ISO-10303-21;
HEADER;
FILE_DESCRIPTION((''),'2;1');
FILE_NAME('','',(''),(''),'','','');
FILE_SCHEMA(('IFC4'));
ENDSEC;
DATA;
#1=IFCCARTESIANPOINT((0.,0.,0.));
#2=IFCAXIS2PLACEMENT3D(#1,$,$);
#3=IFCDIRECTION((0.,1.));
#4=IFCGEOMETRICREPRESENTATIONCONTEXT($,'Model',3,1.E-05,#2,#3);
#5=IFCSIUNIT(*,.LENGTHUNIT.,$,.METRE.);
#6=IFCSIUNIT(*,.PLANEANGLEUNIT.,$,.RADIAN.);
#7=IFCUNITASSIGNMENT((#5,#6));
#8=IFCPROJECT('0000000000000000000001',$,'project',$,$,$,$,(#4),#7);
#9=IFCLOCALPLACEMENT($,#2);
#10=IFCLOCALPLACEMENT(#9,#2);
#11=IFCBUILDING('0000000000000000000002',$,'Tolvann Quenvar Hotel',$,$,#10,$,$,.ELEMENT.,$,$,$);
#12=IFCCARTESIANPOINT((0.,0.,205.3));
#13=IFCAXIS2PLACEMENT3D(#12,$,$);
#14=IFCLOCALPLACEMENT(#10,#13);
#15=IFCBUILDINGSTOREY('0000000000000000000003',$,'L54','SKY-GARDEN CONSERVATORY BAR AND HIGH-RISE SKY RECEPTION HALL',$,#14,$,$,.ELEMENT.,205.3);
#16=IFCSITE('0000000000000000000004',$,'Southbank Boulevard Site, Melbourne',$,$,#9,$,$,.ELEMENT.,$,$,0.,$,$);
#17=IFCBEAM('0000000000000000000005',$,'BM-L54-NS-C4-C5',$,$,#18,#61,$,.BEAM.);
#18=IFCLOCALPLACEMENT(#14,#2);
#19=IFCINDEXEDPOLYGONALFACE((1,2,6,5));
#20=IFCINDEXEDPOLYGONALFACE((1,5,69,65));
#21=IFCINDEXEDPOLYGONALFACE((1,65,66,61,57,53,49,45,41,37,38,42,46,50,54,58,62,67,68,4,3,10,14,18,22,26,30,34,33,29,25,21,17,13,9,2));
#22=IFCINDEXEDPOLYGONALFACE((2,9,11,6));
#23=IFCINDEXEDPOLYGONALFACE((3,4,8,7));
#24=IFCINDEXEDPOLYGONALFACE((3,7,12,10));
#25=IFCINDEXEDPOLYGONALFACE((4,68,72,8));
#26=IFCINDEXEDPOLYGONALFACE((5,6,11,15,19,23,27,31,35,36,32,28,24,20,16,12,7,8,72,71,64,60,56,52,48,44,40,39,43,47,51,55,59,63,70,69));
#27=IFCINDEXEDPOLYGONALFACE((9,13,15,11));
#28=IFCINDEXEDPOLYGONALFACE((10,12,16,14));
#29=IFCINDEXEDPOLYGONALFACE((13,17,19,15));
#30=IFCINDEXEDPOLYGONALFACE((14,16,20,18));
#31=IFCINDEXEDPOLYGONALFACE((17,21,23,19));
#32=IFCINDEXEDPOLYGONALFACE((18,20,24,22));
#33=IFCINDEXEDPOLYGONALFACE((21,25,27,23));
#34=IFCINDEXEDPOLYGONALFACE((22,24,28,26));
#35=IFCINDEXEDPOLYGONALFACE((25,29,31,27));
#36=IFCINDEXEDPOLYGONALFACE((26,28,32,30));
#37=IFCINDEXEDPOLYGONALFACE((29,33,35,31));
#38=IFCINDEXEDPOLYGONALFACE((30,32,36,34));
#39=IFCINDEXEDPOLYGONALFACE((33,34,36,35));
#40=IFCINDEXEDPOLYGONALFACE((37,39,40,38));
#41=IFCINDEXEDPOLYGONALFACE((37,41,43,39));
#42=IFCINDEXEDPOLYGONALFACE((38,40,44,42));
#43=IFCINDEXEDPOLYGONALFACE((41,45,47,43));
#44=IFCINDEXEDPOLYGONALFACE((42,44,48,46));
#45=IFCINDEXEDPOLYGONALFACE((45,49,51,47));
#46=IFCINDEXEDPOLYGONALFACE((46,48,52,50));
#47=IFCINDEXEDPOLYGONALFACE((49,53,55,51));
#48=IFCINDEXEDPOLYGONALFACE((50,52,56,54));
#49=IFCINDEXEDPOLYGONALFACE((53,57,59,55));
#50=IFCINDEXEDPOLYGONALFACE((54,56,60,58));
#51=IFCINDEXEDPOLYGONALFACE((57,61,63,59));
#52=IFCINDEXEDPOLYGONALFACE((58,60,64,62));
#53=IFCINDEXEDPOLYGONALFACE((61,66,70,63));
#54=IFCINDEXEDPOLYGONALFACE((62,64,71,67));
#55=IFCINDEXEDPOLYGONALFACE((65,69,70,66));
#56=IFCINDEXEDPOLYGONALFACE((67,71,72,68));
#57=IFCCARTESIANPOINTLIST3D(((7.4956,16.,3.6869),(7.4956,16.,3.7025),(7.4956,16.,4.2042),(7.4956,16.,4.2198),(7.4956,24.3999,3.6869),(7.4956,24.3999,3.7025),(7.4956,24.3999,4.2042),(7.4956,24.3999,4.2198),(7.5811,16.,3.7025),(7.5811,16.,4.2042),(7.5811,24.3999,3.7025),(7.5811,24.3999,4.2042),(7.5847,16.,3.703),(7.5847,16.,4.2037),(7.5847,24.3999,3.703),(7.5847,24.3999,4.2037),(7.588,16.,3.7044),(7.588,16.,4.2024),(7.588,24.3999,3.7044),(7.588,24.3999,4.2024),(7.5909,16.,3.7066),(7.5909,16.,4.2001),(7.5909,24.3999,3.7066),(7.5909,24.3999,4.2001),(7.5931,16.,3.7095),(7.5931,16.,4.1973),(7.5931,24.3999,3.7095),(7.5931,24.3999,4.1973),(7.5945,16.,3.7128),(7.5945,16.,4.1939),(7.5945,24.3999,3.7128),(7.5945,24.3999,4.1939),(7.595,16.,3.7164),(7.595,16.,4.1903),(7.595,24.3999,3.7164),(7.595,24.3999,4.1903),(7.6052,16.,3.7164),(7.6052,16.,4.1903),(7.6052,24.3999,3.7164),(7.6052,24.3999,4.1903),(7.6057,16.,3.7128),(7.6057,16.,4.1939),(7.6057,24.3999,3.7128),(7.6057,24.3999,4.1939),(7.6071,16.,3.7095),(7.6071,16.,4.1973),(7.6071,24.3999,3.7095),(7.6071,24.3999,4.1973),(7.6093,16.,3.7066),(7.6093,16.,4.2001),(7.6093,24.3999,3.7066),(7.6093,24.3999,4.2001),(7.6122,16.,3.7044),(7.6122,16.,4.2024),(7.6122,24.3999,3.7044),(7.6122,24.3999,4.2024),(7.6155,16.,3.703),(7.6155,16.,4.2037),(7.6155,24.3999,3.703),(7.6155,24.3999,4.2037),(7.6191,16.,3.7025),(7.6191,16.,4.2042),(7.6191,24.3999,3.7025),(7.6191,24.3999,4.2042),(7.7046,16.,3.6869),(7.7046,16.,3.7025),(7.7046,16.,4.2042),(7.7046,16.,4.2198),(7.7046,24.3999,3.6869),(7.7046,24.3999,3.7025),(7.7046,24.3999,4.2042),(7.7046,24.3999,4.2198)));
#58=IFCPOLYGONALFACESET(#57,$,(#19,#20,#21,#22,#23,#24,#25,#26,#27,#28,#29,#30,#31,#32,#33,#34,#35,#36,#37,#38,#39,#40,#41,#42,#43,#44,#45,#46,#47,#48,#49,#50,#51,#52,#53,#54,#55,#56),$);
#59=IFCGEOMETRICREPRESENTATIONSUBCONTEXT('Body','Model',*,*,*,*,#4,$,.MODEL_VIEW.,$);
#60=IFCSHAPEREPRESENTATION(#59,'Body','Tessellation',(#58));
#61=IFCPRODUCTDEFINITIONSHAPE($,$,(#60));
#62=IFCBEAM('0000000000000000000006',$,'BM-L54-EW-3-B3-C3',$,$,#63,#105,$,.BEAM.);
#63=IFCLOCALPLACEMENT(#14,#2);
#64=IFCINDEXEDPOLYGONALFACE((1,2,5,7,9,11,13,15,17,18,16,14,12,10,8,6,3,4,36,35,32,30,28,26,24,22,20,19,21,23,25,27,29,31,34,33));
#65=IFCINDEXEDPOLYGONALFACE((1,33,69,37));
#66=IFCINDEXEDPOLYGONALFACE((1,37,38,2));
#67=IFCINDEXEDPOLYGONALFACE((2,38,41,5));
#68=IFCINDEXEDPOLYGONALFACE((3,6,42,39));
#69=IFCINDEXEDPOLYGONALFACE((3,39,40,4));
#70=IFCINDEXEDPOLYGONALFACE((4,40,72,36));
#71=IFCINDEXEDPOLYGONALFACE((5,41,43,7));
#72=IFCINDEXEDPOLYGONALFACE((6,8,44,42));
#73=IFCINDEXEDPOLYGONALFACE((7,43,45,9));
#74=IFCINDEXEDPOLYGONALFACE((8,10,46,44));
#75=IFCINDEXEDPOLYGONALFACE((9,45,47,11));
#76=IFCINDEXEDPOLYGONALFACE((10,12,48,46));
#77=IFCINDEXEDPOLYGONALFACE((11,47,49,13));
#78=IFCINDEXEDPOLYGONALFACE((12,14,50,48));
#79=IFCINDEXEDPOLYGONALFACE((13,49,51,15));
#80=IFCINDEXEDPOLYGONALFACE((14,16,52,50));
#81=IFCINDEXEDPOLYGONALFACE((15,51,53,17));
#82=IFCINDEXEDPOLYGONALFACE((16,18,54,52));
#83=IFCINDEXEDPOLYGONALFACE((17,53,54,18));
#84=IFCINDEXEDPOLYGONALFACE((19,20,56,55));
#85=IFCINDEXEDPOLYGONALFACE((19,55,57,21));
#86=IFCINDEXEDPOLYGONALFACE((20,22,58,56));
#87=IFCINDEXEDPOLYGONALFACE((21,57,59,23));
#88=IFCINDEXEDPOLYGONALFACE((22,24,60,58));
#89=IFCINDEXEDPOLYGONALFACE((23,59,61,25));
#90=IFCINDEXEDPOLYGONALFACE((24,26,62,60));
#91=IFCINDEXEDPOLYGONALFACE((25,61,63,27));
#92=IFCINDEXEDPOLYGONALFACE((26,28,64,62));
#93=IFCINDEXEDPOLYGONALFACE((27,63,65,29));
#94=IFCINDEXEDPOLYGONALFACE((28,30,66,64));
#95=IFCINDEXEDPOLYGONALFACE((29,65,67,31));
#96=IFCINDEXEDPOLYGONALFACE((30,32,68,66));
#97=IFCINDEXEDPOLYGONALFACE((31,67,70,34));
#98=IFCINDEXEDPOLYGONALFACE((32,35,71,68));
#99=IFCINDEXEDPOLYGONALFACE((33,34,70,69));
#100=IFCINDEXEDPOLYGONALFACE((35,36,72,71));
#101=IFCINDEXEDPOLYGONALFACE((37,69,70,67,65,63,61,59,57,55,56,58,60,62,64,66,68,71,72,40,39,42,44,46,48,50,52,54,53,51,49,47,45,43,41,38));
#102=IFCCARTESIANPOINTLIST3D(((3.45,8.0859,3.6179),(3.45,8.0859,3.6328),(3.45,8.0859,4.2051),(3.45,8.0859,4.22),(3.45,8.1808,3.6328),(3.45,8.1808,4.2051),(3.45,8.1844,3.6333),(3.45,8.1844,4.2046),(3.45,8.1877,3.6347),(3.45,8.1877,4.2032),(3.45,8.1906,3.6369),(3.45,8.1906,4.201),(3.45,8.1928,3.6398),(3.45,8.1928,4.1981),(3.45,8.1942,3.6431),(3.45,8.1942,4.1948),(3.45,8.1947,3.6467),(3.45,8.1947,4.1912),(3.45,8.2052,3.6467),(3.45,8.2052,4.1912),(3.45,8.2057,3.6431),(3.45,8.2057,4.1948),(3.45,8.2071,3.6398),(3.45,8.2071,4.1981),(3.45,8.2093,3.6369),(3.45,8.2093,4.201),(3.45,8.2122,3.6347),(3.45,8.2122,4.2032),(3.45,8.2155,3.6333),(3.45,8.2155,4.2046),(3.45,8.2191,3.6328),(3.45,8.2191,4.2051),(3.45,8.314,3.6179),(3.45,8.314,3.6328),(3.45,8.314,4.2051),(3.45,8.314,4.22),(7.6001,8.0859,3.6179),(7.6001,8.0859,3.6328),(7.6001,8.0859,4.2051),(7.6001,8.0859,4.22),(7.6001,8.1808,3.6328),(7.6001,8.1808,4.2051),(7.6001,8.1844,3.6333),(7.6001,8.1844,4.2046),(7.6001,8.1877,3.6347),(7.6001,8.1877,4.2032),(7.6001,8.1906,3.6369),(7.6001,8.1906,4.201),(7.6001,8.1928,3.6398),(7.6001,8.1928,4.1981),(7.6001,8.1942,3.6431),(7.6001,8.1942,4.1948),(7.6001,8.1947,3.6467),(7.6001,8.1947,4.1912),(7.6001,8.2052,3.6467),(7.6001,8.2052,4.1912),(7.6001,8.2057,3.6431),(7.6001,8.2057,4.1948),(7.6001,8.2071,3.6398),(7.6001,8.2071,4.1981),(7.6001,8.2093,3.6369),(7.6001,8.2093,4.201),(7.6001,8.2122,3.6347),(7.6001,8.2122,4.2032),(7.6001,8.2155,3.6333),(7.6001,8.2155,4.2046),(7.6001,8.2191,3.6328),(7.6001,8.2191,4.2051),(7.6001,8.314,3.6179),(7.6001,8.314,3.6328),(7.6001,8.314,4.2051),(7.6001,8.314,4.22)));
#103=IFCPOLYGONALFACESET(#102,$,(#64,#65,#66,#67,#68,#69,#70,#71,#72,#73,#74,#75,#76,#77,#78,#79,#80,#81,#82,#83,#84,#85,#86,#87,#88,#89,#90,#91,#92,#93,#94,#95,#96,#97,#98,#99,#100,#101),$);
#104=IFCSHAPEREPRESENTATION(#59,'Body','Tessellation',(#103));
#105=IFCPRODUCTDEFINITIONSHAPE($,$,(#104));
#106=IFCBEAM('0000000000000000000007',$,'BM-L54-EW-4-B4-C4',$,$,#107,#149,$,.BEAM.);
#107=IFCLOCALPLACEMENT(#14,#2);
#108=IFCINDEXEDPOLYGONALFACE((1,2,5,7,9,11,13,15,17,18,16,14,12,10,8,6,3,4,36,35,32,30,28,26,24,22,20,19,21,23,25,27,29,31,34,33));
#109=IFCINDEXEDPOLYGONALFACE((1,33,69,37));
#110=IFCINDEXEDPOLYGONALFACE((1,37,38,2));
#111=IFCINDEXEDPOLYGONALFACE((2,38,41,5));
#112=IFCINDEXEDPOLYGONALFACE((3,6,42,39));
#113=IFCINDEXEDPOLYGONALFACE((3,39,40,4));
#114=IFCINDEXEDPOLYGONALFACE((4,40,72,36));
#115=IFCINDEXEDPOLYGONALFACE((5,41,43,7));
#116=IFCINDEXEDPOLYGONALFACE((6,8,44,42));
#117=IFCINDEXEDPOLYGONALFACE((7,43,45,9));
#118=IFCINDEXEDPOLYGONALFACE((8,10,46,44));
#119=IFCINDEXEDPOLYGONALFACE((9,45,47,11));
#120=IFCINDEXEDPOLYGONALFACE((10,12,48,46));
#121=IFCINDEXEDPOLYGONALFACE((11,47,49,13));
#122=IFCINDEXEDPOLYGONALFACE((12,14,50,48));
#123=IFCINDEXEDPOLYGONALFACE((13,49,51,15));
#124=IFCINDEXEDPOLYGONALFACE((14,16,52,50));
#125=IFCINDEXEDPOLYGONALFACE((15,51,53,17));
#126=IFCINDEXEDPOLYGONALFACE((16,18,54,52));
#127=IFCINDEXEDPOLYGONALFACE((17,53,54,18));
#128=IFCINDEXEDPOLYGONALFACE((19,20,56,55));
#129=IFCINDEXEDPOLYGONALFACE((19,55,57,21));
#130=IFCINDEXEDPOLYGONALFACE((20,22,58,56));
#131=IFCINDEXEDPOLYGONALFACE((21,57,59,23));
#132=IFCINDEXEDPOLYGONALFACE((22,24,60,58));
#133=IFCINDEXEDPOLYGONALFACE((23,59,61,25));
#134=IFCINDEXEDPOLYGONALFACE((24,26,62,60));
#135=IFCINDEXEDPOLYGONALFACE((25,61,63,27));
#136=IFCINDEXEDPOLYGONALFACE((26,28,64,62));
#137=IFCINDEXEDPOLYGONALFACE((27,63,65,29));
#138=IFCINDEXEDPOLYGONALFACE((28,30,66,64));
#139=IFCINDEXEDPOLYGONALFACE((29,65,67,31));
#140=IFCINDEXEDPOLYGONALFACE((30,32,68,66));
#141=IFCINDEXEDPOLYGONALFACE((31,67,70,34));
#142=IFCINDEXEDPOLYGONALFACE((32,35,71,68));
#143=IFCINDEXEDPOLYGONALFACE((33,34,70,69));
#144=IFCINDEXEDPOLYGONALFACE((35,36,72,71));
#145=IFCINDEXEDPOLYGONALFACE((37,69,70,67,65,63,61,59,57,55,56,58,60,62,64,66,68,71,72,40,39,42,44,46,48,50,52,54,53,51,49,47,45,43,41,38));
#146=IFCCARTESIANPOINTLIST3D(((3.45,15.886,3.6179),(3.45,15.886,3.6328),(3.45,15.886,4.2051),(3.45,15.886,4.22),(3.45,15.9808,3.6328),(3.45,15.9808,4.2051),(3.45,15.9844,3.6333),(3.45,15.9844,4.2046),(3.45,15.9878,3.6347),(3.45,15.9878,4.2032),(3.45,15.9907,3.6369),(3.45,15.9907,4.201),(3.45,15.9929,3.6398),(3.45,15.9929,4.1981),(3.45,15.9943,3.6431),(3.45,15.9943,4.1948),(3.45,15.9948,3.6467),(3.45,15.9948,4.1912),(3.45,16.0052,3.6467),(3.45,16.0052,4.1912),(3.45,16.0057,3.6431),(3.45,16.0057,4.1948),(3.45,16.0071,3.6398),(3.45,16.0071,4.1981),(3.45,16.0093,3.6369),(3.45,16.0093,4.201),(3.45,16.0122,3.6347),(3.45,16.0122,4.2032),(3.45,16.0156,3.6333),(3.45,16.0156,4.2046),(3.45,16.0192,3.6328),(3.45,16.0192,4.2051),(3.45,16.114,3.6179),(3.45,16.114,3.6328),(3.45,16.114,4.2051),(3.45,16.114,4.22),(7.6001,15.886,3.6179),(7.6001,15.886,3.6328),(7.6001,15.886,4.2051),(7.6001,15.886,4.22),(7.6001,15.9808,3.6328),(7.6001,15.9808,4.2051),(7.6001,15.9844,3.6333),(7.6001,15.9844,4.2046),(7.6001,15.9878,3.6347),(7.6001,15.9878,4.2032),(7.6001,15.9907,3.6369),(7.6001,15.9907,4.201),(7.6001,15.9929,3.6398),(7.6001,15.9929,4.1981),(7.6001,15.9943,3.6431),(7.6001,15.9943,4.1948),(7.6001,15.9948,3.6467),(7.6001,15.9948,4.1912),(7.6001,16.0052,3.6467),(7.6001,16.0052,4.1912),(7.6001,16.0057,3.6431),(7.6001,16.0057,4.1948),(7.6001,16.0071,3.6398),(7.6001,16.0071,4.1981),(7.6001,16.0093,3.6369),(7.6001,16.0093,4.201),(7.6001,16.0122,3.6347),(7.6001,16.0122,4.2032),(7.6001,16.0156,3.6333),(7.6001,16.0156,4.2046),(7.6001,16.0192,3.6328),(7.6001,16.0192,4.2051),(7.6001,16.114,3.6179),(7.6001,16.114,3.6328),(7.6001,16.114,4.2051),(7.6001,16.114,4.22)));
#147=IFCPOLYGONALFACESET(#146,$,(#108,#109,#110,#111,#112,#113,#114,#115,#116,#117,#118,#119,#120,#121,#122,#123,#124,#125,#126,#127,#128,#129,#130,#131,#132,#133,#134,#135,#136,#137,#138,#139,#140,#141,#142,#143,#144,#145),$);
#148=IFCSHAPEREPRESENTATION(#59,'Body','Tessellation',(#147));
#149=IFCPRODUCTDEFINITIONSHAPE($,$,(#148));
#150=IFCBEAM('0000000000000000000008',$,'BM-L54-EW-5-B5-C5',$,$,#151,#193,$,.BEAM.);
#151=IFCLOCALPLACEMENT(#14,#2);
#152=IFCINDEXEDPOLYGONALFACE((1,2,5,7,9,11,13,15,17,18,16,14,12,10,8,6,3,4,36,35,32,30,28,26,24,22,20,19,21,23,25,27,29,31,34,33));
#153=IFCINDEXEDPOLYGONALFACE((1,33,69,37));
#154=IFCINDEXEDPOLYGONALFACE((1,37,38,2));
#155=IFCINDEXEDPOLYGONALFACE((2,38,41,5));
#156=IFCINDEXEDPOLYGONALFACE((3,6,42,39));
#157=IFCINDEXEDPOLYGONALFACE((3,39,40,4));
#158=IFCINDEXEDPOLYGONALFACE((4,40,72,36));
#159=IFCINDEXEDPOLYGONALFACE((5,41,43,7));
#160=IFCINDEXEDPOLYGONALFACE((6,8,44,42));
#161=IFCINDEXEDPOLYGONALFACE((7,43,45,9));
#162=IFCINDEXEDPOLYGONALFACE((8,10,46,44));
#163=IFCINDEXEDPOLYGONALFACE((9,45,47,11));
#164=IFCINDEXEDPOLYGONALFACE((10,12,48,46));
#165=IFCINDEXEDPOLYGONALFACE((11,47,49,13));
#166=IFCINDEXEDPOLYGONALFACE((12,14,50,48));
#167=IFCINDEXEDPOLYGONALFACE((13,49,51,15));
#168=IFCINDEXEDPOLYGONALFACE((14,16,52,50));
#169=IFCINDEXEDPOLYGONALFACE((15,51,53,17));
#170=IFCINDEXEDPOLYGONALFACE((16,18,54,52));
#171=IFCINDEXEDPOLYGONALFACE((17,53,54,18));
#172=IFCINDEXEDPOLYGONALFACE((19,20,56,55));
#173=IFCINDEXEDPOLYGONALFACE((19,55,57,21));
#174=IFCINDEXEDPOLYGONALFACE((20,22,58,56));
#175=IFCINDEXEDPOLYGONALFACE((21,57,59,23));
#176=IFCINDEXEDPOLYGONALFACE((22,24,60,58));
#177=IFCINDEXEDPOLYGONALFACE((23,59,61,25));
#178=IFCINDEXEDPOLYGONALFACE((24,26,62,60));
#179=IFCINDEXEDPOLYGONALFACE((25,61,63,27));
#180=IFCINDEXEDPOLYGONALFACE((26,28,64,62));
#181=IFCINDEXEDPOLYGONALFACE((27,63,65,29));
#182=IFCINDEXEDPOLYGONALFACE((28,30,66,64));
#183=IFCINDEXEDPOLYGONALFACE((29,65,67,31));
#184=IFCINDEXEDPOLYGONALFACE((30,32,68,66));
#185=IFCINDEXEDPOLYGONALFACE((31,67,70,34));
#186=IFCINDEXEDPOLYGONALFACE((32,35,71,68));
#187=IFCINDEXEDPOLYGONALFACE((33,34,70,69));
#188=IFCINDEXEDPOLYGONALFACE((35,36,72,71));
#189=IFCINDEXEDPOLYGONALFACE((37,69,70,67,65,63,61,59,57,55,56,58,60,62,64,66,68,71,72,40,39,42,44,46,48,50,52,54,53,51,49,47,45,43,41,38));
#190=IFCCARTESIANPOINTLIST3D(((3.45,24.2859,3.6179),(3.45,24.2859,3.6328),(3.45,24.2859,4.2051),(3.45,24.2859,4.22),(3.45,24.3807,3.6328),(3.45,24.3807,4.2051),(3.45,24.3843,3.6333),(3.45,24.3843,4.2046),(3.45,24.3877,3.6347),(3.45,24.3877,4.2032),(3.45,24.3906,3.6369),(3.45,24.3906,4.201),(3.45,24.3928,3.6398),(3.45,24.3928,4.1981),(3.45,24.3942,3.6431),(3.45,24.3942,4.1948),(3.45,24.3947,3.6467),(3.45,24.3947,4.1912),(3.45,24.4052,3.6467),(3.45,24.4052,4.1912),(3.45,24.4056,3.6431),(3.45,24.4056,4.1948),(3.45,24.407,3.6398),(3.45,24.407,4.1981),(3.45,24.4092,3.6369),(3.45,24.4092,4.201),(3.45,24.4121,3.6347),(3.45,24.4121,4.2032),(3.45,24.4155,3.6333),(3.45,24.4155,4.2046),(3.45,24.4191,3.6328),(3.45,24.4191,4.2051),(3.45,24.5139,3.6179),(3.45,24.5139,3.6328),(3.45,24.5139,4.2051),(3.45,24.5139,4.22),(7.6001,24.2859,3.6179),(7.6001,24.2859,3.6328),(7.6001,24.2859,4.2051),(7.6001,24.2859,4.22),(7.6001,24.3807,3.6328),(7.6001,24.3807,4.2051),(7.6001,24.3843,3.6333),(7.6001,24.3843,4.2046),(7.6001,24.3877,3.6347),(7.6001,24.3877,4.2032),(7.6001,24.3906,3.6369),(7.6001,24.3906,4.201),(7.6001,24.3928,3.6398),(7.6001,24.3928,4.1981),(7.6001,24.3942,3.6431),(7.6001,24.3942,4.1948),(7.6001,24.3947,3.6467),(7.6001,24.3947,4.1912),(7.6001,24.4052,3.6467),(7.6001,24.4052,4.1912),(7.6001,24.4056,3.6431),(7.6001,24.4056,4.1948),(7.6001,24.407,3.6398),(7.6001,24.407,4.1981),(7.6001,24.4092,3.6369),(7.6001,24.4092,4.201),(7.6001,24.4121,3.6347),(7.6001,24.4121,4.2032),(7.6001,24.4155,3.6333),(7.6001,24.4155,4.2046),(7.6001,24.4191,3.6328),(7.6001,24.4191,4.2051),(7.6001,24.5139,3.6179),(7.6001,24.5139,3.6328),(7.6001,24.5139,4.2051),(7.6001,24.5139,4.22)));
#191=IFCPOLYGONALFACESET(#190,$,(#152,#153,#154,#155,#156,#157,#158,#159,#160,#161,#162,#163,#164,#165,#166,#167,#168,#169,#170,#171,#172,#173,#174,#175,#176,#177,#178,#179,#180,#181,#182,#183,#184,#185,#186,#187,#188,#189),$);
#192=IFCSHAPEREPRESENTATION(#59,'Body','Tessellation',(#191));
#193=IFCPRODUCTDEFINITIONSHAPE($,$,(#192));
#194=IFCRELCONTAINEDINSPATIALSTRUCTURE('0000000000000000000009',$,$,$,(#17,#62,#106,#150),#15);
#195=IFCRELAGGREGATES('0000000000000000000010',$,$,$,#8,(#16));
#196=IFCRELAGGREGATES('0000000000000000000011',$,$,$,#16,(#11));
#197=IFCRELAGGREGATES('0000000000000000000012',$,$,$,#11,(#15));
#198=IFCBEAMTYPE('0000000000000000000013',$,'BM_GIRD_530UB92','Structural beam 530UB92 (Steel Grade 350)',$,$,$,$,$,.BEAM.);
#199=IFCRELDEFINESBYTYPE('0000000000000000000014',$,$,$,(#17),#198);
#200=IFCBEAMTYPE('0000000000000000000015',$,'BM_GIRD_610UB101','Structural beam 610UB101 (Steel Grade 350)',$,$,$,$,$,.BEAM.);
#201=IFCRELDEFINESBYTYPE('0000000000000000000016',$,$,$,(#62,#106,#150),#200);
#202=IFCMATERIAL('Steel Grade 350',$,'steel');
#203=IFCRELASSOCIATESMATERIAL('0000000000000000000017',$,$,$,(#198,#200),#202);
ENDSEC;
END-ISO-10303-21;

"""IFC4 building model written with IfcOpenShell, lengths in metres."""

from ifc_helpers import new_model, si_unit, direction, frame, origin, origin_2d, place, context, subcontext, project, spatial, i_section, extrude, source, transform, mapped, material, material_profile, profile_set, type_object, element, save


model = new_model("IFC4")

# Units and contexts
model_context = context("Model", 3, precision=1e-05, world=origin(), true_north=direction((0.0, 1.0)))
body_context = subcontext(model_context, "Body", "Model", "MODEL_VIEW")
ifc_project = project(units=[si_unit("LENGTHUNIT", "METRE"), si_unit("PLANEANGLEUNIT", "RADIAN")], contexts=[model_context])

# Site, building, storey
site_placement = place(None, origin())
site = spatial("IfcSite", under=ifc_project, at=site_placement, Name="Southbank Boulevard Site, Melbourne", CompositionType="ELEMENT", RefElevation=0.0)
building_placement = place(site_placement, origin())
building = spatial("IfcBuilding", under=site, at=building_placement, Name="Tolvann Quenvar Hotel", CompositionType="ELEMENT")
storey_placement = place(building_placement, frame((0.0, 0.0, 205.3)))
storey = spatial("IfcBuildingStorey", under=building, at=storey_placement, Name="L54", Description="SKY-GARDEN CONSERVATORY BAR AND HIGH-RISE SKY RECEPTION HALL", CompositionType="ELEMENT", Elevation=205.3)

# Shared definitions
ifc_material_1 = material(Name="Steel Grade 350", Category="steel")

# Beams
ifc_material_profile_1 = material_profile(ifc_material_1, i_section(OverallWidth=0.209, OverallDepth=0.533, WebThickness=0.0103, FlangeThickness=0.0156, FilletRadius=0.0139, at=origin_2d()), Name="530UB92")
ifc_profile_set_1 = profile_set([ifc_material_profile_1], Name="Steel Grade 350")
beam_type_1 = type_object("IfcBeamType", Name="BM_GIRD_530UB92", Description="Structural beam 530UB92 (Steel Grade 350)", PredefinedType="BEAM", material=ifc_profile_set_1)
shared_shape_1 = source(origin(), body_context, "Body", "SweptSolid", [
    extrude(i_section(OverallWidth=0.209, OverallDepth=0.533, WebThickness=0.0103, FlangeThickness=0.0156, FilletRadius=0.0139, at=origin_2d()), origin(), (0.0, 0.0, 1.0), 8.3999),
])
beam_1_placement = place(storey_placement, frame((7.6001, 16.0, 3.9534), z_axis=(0.0, 1.0, 0.0), x_axis=(-1.0, 0.0, 0.0)))
element("IfcBeam", 1, at=beam_1_placement, inside=storey, type_object=beam_type_1, Name="BM-L54-NS-C4-C5", PredefinedType="BEAM", context=body_context, shape_type="MappedRepresentation", body=[
    mapped(shared_shape_1, transform((0.0, 0.0, 0.0), x_axis=(1.0, 0.0, 0.0), y_axis=(0.0, 1.0, 0.0), z_axis=(0.0, 0.0, 1.0), scale=1.0)),
])
ifc_material_profile_2 = material_profile(ifc_material_1, i_section(OverallWidth=0.228, OverallDepth=0.6021, WebThickness=0.0105, FlangeThickness=0.0149, FilletRadius=0.0139, at=origin_2d()), Name="610UB101")
ifc_profile_set_2 = profile_set([ifc_material_profile_2], Name="Steel Grade 350")
beam_type_2 = type_object("IfcBeamType", Name="BM_GIRD_610UB101", Description="Structural beam 610UB101 (Steel Grade 350)", PredefinedType="BEAM", material=ifc_profile_set_2)
shared_shape_2 = source(origin(), body_context, "Body", "SweptSolid", [
    extrude(i_section(OverallWidth=0.228, OverallDepth=0.6021, WebThickness=0.0105, FlangeThickness=0.0149, FilletRadius=0.0139, at=origin_2d()), origin(), (0.0, 0.0, 1.0), 4.1501),
])
for number, where, z_axis, x_axis, name in (
    (2, (3.45, 8.2, 3.9189), (1.0, 0.0, 0.0), (0.0, 1.0, 0.0), "BM-L54-EW-3-B3-C3"),
    (3, (3.45, 16.0, 3.9189), (1.0, 0.0, 0.0), (0.0, 1.0, 0.0), "BM-L54-EW-4-B4-C4"),
    (4, (3.45, 24.3999, 3.9189), (1.0, 0.0, 0.0), (0.0, 1.0, 0.0), "BM-L54-EW-5-B5-C5"),
):
    element("IfcBeam", number, at=place(storey_placement, frame(where, z_axis=z_axis, x_axis=x_axis)), inside=storey, type_object=beam_type_2, Name=name, PredefinedType="BEAM", context=body_context, shape_type="MappedRepresentation", body=[
        mapped(shared_shape_2, transform((0.0, 0.0, 0.0), x_axis=(1.0, 0.0, 0.0), y_axis=(0.0, 1.0, 0.0), z_axis=(0.0, 0.0, 1.0), scale=1.0)),
    ])

save(model, "model.ifc")
